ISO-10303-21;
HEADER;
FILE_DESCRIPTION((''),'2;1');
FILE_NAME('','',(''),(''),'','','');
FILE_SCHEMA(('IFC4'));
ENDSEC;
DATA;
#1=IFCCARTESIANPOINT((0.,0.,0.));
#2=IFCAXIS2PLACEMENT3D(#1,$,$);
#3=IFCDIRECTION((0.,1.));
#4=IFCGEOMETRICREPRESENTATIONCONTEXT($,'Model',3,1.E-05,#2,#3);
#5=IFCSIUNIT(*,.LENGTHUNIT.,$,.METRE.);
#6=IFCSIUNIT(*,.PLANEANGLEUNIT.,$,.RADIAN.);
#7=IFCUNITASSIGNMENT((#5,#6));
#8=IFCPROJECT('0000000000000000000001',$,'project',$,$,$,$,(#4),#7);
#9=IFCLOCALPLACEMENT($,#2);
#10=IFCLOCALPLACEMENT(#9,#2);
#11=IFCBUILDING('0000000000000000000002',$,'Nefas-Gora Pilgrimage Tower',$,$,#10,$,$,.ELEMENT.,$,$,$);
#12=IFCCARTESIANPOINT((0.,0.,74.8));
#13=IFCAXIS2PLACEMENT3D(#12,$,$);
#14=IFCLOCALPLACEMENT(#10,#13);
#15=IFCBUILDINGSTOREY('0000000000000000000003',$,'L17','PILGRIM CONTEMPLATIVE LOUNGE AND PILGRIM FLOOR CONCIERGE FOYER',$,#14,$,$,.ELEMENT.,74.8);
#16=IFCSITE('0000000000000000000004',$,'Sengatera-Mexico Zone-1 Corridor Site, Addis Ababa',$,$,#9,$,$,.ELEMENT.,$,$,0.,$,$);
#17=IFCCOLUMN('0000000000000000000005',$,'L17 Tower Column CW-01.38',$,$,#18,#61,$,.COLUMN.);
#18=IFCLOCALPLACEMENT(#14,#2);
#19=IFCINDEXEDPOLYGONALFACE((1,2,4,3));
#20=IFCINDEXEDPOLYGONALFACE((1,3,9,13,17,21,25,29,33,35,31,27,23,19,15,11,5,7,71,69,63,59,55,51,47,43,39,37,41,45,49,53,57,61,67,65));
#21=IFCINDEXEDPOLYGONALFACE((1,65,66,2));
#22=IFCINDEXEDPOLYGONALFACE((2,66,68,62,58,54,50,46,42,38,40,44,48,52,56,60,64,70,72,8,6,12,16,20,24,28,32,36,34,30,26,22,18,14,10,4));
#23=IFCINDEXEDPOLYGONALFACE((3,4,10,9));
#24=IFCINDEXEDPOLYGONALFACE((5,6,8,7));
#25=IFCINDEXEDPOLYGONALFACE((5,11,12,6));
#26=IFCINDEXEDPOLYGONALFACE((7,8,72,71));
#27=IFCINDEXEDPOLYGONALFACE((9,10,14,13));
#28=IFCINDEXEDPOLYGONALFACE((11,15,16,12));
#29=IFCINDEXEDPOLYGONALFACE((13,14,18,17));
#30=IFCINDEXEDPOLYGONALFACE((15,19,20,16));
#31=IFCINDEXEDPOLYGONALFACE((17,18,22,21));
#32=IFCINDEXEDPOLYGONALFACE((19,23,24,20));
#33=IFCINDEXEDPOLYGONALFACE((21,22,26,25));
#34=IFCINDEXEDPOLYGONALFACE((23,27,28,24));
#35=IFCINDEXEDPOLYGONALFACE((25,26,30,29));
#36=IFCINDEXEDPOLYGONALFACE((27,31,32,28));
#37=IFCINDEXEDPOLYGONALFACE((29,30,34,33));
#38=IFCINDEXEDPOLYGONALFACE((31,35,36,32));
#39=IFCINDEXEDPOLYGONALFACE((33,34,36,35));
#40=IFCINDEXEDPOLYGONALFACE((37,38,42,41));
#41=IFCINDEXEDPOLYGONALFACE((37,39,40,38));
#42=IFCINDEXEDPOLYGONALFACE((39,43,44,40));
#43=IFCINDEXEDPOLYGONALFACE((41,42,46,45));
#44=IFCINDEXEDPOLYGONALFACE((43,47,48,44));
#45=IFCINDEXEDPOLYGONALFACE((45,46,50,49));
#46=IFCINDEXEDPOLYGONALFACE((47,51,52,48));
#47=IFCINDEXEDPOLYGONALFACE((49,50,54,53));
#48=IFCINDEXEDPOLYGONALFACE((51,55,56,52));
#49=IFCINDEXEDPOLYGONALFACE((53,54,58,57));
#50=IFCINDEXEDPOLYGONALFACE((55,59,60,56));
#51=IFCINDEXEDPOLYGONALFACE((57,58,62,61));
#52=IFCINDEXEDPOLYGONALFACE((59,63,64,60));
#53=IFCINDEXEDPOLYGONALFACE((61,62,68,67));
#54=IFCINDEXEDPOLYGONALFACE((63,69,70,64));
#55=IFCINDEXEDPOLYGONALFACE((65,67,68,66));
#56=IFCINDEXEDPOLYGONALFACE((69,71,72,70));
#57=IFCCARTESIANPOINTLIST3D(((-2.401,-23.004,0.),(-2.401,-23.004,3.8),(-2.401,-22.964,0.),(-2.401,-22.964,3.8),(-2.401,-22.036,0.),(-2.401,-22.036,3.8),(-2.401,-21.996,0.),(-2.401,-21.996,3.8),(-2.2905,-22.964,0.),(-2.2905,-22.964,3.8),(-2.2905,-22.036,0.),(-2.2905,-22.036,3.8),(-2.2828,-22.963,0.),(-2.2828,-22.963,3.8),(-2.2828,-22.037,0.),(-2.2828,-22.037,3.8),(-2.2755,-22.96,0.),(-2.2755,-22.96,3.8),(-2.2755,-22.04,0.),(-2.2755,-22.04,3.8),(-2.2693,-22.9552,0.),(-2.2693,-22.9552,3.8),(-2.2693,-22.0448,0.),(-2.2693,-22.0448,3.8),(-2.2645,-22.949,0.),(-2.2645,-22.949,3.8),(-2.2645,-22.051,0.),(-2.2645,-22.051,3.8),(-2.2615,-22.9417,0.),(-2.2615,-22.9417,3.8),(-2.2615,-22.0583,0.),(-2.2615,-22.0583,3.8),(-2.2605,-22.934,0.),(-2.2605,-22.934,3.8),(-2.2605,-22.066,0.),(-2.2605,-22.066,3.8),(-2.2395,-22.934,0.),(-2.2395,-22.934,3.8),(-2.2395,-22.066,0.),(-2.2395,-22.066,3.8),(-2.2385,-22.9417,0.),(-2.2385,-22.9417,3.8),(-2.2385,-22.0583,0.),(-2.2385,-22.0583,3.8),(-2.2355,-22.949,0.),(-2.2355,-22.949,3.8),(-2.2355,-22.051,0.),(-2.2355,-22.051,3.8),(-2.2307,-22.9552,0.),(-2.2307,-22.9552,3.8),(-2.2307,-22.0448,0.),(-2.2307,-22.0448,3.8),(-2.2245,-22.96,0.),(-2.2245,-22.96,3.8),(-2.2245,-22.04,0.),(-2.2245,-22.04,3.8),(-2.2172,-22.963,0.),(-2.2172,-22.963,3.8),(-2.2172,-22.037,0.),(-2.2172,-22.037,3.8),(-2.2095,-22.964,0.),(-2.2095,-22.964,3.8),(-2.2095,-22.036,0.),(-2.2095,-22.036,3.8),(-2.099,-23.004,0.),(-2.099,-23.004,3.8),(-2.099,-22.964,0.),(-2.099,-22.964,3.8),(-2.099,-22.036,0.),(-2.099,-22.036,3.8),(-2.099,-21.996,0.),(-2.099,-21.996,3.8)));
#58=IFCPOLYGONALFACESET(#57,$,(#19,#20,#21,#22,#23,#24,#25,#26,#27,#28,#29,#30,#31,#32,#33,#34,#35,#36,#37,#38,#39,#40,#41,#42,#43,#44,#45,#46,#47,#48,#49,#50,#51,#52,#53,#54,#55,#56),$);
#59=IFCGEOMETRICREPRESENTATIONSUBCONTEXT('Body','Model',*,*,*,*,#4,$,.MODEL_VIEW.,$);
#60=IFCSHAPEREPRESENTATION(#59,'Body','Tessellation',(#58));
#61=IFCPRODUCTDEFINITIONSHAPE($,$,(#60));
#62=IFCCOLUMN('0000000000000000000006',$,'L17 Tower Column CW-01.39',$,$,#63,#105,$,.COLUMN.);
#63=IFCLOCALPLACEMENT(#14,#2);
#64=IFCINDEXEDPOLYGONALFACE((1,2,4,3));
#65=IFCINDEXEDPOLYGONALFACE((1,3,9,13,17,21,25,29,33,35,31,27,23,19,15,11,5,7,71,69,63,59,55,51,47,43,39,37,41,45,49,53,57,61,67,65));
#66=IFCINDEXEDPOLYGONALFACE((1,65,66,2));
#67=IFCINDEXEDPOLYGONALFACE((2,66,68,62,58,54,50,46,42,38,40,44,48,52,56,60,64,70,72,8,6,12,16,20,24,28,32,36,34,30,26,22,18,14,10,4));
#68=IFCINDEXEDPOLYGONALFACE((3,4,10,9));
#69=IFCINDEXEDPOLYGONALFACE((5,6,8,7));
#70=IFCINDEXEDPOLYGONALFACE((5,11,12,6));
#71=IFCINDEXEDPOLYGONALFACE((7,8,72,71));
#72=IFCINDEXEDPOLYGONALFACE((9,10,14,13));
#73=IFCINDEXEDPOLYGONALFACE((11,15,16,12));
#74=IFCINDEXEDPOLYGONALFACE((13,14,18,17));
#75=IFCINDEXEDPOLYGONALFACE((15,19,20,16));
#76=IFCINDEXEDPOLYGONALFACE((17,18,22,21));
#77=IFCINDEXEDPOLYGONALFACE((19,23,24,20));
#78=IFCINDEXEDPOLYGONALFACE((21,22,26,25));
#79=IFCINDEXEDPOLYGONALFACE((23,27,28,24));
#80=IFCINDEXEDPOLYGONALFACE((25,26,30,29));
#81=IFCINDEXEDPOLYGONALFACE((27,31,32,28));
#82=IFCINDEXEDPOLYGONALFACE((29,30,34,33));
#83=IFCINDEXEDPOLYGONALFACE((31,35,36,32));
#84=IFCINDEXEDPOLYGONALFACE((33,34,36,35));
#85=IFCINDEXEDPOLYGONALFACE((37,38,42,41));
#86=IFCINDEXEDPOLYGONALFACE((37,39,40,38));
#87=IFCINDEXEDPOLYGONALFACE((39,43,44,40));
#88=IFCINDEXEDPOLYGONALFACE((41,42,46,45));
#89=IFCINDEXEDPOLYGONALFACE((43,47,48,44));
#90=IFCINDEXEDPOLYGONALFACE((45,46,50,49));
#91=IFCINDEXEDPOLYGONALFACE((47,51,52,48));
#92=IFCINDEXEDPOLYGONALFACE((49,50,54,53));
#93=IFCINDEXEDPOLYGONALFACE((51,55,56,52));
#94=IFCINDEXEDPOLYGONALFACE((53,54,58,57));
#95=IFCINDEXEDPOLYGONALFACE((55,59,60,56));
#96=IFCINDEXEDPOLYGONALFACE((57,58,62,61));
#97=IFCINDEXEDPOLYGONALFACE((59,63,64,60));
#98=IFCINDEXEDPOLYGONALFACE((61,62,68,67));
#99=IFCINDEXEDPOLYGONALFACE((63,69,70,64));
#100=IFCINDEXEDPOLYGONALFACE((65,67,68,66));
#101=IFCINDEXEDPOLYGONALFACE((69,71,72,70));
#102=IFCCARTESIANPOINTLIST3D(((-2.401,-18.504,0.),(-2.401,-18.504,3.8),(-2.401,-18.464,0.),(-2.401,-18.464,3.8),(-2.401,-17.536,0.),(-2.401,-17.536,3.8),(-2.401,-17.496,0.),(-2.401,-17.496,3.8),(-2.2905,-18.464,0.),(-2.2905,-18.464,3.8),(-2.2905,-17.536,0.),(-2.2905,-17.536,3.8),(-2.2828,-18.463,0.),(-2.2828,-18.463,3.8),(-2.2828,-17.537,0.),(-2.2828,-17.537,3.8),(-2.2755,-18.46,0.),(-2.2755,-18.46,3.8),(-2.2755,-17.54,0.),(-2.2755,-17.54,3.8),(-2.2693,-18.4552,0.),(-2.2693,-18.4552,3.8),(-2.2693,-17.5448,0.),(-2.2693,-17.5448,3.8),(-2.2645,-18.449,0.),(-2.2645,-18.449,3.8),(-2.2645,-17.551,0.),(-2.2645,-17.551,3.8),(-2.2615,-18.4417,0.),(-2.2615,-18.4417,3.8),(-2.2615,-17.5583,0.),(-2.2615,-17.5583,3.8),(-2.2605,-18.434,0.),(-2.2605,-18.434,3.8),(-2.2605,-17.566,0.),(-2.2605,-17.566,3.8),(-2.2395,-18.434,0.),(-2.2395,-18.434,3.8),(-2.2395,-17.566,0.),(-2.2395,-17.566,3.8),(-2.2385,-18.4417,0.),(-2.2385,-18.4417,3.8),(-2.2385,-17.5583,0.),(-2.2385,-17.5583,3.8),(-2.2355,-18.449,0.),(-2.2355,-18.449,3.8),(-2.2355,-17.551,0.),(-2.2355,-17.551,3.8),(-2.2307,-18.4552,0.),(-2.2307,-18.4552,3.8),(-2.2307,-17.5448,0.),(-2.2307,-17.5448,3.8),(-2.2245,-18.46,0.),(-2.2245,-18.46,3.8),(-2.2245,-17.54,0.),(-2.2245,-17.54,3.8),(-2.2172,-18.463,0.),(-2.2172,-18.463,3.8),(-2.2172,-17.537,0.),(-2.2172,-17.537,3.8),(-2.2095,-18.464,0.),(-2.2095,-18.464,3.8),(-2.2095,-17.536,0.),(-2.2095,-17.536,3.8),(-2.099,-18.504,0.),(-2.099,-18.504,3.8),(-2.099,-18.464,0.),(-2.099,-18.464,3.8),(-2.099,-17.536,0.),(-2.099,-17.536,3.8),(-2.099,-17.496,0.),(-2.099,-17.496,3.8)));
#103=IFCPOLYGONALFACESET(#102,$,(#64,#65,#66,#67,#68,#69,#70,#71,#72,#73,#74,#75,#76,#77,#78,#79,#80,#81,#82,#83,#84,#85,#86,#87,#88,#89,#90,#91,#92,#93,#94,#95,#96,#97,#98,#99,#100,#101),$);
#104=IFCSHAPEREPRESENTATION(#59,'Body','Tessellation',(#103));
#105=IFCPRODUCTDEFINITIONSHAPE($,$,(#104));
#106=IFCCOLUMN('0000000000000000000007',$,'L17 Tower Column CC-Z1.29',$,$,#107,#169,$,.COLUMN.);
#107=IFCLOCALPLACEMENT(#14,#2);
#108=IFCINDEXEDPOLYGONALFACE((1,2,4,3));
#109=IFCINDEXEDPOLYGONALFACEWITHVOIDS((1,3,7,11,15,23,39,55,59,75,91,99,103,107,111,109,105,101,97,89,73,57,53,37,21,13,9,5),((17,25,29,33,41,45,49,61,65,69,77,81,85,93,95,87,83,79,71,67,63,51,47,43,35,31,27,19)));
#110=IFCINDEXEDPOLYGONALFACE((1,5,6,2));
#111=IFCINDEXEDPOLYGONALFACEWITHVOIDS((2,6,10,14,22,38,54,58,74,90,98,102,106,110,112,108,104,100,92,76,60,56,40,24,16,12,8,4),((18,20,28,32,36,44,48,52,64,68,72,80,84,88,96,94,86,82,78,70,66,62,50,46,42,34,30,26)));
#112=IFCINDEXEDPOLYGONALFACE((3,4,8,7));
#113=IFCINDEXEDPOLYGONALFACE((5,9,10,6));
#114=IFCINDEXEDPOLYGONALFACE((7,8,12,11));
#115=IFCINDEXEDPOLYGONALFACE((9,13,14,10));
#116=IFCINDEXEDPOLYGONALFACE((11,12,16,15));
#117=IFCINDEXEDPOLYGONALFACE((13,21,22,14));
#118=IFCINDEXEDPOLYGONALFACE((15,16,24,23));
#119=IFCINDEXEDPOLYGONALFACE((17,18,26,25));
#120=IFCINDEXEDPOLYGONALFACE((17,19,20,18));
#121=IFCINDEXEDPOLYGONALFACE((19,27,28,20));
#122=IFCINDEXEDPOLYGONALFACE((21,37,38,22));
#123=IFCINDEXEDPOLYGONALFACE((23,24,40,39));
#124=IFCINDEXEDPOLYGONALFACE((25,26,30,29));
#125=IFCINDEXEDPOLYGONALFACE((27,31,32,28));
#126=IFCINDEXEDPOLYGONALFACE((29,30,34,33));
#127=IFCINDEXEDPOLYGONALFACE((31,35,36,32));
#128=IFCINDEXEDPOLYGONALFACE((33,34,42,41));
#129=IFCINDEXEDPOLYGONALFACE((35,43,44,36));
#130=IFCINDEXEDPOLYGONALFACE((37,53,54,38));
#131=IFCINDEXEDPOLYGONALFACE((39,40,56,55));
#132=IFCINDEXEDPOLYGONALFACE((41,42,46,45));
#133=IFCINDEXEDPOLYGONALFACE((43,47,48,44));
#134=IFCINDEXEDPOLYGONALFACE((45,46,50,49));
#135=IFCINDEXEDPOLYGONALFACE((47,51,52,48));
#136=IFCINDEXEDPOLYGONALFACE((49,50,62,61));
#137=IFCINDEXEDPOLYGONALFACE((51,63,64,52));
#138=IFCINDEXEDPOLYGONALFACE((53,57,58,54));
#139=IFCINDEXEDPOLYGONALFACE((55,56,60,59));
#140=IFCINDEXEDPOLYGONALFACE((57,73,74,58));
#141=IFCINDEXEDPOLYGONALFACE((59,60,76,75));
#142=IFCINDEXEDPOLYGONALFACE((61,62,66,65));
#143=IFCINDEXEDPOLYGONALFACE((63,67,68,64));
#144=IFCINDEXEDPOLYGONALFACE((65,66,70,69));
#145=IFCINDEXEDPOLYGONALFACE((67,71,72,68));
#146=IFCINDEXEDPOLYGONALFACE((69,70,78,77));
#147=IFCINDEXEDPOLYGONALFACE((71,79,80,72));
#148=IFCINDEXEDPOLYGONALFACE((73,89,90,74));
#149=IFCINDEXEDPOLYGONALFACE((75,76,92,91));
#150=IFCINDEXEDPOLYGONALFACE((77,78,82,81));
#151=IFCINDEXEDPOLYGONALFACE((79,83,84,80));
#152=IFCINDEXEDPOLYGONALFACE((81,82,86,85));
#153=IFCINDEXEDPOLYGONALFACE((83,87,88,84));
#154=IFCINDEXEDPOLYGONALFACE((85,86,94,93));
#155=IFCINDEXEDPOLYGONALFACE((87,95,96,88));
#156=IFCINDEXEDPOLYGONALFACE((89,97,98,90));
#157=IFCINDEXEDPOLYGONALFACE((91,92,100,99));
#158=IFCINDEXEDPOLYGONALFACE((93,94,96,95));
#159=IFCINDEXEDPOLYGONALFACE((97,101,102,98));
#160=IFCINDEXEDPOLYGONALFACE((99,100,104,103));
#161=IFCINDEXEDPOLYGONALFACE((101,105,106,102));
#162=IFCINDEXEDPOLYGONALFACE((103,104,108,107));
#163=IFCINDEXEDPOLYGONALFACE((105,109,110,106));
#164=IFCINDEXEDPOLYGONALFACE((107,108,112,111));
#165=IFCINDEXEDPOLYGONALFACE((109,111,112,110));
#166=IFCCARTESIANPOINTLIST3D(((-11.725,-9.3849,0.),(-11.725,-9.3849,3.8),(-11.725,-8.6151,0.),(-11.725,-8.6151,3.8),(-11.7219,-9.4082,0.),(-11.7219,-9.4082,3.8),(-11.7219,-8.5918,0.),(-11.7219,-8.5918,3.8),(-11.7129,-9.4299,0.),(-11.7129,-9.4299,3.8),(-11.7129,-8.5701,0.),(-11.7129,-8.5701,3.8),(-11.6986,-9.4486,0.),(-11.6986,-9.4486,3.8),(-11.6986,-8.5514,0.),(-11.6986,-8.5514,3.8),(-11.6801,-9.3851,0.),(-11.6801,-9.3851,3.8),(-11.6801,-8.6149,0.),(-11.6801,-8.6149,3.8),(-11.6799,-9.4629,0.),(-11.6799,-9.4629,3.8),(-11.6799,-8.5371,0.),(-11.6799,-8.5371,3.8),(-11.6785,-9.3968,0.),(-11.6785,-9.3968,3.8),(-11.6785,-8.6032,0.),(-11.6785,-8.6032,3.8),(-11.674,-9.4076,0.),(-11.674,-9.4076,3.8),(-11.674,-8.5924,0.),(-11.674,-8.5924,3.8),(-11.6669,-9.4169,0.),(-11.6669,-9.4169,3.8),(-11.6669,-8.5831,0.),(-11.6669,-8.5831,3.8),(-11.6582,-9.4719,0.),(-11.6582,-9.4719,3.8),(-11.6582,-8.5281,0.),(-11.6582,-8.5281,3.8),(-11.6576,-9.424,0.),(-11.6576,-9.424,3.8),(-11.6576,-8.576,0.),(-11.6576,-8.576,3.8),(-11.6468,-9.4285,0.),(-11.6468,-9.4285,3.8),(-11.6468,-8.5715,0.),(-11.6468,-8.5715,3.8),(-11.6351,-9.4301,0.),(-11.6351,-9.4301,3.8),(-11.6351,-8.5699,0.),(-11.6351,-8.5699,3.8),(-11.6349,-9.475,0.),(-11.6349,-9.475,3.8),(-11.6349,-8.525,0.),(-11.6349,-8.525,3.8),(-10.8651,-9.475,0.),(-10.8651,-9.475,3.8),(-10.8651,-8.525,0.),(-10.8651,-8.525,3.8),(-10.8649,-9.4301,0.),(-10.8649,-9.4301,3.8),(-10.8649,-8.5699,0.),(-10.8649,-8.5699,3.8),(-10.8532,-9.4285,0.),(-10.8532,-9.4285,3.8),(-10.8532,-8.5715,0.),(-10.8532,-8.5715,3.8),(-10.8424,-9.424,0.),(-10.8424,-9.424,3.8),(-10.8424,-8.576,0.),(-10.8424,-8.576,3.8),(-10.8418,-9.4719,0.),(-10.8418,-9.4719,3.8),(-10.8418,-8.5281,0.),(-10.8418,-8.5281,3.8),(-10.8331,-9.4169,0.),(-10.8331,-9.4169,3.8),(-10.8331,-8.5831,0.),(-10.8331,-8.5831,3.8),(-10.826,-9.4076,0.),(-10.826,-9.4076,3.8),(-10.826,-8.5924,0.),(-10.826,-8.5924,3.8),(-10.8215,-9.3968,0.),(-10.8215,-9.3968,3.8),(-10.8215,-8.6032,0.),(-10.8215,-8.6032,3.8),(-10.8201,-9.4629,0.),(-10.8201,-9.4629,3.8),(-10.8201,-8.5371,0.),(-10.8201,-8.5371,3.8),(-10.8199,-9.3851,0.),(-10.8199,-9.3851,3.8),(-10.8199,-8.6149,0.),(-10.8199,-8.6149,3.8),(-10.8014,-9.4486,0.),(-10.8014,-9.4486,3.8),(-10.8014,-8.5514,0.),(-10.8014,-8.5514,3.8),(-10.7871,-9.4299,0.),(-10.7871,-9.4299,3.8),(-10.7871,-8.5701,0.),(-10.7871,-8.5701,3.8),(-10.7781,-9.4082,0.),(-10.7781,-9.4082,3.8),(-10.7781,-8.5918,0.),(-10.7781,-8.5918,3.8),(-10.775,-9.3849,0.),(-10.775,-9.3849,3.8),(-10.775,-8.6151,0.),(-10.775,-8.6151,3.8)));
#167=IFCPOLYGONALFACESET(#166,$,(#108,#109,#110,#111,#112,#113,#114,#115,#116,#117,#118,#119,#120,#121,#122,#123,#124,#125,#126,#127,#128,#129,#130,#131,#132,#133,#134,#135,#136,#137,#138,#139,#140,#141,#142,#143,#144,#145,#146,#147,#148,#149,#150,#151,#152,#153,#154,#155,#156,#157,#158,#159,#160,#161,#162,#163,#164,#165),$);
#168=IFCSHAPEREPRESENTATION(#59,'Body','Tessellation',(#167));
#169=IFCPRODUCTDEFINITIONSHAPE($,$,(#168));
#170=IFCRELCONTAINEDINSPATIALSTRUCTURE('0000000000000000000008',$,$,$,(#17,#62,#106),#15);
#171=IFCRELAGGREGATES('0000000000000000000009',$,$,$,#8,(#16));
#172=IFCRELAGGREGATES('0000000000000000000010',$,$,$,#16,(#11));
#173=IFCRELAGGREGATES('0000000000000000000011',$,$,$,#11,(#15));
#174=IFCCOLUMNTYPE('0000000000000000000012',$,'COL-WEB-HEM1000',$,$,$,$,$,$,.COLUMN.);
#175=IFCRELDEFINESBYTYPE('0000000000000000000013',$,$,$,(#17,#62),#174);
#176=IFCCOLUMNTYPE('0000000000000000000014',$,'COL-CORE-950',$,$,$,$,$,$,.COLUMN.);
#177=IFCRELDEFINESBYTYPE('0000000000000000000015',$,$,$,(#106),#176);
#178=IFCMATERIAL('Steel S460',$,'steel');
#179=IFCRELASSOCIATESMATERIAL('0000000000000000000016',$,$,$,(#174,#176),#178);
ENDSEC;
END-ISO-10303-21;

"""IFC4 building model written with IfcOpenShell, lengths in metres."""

from ifc_helpers import new_model, si_unit, direction, frame, origin, origin_2d, place, context, subcontext, project, spatial, hollow_rectangle, i_section, extrude, source, transform, mapped, material, material_profile, profile_set, type_object, element, save


model = new_model("IFC4")

# Units and contexts
model_context = context("Model", 3, precision=1e-05, world=origin(), true_north=direction((0.0, 1.0)))
body_context = subcontext(model_context, "Body", "Model", "MODEL_VIEW")
ifc_project = project(units=[si_unit("LENGTHUNIT", "METRE"), si_unit("PLANEANGLEUNIT", "RADIAN")], contexts=[model_context])

# Site, building, storey
site_placement = place(None, origin())
site = spatial("IfcSite", under=ifc_project, at=site_placement, Name="Sengatera-Mexico Zone-1 Corridor Site, Addis Ababa", CompositionType="ELEMENT", RefElevation=0.0)
building_placement = place(site_placement, origin())
building = spatial("IfcBuilding", under=site, at=building_placement, Name="Nefas-Gora Pilgrimage Tower", CompositionType="ELEMENT")
storey_placement = place(building_placement, frame((0.0, 0.0, 74.8)))
storey = spatial("IfcBuildingStorey", under=building, at=storey_placement, Name="L17", Description="PILGRIM CONTEMPLATIVE LOUNGE AND PILGRIM FLOOR CONCIERGE FOYER", CompositionType="ELEMENT", Elevation=74.8)

# Columns
ifc_material_1 = material(Name="Steel S460", Category="steel")
ifc_material_profile_1 = material_profile(ifc_material_1, i_section(OverallWidth=0.302, OverallDepth=1.0081, WebThickness=0.021, FlangeThickness=0.04, FilletRadius=0.03, at=origin_2d()), Name="HEM 1000")
ifc_profile_set_1 = profile_set([ifc_material_profile_1], Name="Steel S460")
column_type_1 = type_object("IfcColumnType", Name="COL-WEB-HEM1000", PredefinedType="COLUMN", material=ifc_profile_set_1)
shared_shape_1 = source(origin(), body_context, "Body", "SweptSolid", [
    extrude(i_section(OverallWidth=0.302, OverallDepth=1.0081, WebThickness=0.021, FlangeThickness=0.04, FilletRadius=0.03, at=origin_2d()), origin(), (0.0, 0.0, 1.0), 3.8),
])
for number, where, z_axis, x_axis, name in (
    (1, (-2.25, -22.5, 0.0), (0.0, 0.0, 1.0), (1.0, 0.0, 0.0), "L17 Tower Column CW-01.38"),
    (2, (-2.25, -18.0, 0.0), (0.0, 0.0, 1.0), (1.0, 0.0, 0.0), "L17 Tower Column CW-01.39"),
):
    element("IfcColumn", number, at=place(storey_placement, frame(where, z_axis=z_axis, x_axis=x_axis)), inside=storey, type_object=column_type_1, Name=name, PredefinedType="COLUMN", context=body_context, shape_type="MappedRepresentation", body=[
        mapped(shared_shape_1, transform((0.0, 0.0, 0.0), x_axis=(1.0, 0.0, 0.0), y_axis=(0.0, 1.0, 0.0), z_axis=(0.0, 0.0, 1.0), scale=1.0)),
    ])
ifc_material_profile_2 = material_profile(ifc_material_1, hollow_rectangle(XDim=0.95, YDim=0.95, WallThickness=0.0449, InnerFilletRadius=0.0449, OuterFilletRadius=0.0901, at=origin_2d()), Name="BOX 950x950x45")
ifc_profile_set_2 = profile_set([ifc_material_profile_2], Name="Steel S460")
column_type_2 = type_object("IfcColumnType", Name="COL-CORE-950", PredefinedType="COLUMN", material=ifc_profile_set_2)
shared_shape_2 = source(origin(), body_context, "Body", "SweptSolid", [
    extrude(hollow_rectangle(XDim=0.95, YDim=0.95, WallThickness=0.0449, InnerFilletRadius=0.0449, OuterFilletRadius=0.0901, at=origin_2d()), origin(), (0.0, 0.0, 1.0), 3.8),
])
column_1_placement = place(storey_placement, frame((-11.25, -9.0, 0.0), z_axis=(0.0, 0.0, 1.0), x_axis=(1.0, 0.0, 0.0)))
element("IfcColumn", 3, at=column_1_placement, inside=storey, type_object=column_type_2, Name="L17 Tower Column CC-Z1.29", PredefinedType="COLUMN", context=body_context, shape_type="MappedRepresentation", body=[
    mapped(shared_shape_2, transform((0.0, 0.0, 0.0), x_axis=(1.0, 0.0, 0.0), y_axis=(0.0, 1.0, 0.0), z_axis=(0.0, 0.0, 1.0), scale=1.0)),
])

save(model, "model.ifc")
